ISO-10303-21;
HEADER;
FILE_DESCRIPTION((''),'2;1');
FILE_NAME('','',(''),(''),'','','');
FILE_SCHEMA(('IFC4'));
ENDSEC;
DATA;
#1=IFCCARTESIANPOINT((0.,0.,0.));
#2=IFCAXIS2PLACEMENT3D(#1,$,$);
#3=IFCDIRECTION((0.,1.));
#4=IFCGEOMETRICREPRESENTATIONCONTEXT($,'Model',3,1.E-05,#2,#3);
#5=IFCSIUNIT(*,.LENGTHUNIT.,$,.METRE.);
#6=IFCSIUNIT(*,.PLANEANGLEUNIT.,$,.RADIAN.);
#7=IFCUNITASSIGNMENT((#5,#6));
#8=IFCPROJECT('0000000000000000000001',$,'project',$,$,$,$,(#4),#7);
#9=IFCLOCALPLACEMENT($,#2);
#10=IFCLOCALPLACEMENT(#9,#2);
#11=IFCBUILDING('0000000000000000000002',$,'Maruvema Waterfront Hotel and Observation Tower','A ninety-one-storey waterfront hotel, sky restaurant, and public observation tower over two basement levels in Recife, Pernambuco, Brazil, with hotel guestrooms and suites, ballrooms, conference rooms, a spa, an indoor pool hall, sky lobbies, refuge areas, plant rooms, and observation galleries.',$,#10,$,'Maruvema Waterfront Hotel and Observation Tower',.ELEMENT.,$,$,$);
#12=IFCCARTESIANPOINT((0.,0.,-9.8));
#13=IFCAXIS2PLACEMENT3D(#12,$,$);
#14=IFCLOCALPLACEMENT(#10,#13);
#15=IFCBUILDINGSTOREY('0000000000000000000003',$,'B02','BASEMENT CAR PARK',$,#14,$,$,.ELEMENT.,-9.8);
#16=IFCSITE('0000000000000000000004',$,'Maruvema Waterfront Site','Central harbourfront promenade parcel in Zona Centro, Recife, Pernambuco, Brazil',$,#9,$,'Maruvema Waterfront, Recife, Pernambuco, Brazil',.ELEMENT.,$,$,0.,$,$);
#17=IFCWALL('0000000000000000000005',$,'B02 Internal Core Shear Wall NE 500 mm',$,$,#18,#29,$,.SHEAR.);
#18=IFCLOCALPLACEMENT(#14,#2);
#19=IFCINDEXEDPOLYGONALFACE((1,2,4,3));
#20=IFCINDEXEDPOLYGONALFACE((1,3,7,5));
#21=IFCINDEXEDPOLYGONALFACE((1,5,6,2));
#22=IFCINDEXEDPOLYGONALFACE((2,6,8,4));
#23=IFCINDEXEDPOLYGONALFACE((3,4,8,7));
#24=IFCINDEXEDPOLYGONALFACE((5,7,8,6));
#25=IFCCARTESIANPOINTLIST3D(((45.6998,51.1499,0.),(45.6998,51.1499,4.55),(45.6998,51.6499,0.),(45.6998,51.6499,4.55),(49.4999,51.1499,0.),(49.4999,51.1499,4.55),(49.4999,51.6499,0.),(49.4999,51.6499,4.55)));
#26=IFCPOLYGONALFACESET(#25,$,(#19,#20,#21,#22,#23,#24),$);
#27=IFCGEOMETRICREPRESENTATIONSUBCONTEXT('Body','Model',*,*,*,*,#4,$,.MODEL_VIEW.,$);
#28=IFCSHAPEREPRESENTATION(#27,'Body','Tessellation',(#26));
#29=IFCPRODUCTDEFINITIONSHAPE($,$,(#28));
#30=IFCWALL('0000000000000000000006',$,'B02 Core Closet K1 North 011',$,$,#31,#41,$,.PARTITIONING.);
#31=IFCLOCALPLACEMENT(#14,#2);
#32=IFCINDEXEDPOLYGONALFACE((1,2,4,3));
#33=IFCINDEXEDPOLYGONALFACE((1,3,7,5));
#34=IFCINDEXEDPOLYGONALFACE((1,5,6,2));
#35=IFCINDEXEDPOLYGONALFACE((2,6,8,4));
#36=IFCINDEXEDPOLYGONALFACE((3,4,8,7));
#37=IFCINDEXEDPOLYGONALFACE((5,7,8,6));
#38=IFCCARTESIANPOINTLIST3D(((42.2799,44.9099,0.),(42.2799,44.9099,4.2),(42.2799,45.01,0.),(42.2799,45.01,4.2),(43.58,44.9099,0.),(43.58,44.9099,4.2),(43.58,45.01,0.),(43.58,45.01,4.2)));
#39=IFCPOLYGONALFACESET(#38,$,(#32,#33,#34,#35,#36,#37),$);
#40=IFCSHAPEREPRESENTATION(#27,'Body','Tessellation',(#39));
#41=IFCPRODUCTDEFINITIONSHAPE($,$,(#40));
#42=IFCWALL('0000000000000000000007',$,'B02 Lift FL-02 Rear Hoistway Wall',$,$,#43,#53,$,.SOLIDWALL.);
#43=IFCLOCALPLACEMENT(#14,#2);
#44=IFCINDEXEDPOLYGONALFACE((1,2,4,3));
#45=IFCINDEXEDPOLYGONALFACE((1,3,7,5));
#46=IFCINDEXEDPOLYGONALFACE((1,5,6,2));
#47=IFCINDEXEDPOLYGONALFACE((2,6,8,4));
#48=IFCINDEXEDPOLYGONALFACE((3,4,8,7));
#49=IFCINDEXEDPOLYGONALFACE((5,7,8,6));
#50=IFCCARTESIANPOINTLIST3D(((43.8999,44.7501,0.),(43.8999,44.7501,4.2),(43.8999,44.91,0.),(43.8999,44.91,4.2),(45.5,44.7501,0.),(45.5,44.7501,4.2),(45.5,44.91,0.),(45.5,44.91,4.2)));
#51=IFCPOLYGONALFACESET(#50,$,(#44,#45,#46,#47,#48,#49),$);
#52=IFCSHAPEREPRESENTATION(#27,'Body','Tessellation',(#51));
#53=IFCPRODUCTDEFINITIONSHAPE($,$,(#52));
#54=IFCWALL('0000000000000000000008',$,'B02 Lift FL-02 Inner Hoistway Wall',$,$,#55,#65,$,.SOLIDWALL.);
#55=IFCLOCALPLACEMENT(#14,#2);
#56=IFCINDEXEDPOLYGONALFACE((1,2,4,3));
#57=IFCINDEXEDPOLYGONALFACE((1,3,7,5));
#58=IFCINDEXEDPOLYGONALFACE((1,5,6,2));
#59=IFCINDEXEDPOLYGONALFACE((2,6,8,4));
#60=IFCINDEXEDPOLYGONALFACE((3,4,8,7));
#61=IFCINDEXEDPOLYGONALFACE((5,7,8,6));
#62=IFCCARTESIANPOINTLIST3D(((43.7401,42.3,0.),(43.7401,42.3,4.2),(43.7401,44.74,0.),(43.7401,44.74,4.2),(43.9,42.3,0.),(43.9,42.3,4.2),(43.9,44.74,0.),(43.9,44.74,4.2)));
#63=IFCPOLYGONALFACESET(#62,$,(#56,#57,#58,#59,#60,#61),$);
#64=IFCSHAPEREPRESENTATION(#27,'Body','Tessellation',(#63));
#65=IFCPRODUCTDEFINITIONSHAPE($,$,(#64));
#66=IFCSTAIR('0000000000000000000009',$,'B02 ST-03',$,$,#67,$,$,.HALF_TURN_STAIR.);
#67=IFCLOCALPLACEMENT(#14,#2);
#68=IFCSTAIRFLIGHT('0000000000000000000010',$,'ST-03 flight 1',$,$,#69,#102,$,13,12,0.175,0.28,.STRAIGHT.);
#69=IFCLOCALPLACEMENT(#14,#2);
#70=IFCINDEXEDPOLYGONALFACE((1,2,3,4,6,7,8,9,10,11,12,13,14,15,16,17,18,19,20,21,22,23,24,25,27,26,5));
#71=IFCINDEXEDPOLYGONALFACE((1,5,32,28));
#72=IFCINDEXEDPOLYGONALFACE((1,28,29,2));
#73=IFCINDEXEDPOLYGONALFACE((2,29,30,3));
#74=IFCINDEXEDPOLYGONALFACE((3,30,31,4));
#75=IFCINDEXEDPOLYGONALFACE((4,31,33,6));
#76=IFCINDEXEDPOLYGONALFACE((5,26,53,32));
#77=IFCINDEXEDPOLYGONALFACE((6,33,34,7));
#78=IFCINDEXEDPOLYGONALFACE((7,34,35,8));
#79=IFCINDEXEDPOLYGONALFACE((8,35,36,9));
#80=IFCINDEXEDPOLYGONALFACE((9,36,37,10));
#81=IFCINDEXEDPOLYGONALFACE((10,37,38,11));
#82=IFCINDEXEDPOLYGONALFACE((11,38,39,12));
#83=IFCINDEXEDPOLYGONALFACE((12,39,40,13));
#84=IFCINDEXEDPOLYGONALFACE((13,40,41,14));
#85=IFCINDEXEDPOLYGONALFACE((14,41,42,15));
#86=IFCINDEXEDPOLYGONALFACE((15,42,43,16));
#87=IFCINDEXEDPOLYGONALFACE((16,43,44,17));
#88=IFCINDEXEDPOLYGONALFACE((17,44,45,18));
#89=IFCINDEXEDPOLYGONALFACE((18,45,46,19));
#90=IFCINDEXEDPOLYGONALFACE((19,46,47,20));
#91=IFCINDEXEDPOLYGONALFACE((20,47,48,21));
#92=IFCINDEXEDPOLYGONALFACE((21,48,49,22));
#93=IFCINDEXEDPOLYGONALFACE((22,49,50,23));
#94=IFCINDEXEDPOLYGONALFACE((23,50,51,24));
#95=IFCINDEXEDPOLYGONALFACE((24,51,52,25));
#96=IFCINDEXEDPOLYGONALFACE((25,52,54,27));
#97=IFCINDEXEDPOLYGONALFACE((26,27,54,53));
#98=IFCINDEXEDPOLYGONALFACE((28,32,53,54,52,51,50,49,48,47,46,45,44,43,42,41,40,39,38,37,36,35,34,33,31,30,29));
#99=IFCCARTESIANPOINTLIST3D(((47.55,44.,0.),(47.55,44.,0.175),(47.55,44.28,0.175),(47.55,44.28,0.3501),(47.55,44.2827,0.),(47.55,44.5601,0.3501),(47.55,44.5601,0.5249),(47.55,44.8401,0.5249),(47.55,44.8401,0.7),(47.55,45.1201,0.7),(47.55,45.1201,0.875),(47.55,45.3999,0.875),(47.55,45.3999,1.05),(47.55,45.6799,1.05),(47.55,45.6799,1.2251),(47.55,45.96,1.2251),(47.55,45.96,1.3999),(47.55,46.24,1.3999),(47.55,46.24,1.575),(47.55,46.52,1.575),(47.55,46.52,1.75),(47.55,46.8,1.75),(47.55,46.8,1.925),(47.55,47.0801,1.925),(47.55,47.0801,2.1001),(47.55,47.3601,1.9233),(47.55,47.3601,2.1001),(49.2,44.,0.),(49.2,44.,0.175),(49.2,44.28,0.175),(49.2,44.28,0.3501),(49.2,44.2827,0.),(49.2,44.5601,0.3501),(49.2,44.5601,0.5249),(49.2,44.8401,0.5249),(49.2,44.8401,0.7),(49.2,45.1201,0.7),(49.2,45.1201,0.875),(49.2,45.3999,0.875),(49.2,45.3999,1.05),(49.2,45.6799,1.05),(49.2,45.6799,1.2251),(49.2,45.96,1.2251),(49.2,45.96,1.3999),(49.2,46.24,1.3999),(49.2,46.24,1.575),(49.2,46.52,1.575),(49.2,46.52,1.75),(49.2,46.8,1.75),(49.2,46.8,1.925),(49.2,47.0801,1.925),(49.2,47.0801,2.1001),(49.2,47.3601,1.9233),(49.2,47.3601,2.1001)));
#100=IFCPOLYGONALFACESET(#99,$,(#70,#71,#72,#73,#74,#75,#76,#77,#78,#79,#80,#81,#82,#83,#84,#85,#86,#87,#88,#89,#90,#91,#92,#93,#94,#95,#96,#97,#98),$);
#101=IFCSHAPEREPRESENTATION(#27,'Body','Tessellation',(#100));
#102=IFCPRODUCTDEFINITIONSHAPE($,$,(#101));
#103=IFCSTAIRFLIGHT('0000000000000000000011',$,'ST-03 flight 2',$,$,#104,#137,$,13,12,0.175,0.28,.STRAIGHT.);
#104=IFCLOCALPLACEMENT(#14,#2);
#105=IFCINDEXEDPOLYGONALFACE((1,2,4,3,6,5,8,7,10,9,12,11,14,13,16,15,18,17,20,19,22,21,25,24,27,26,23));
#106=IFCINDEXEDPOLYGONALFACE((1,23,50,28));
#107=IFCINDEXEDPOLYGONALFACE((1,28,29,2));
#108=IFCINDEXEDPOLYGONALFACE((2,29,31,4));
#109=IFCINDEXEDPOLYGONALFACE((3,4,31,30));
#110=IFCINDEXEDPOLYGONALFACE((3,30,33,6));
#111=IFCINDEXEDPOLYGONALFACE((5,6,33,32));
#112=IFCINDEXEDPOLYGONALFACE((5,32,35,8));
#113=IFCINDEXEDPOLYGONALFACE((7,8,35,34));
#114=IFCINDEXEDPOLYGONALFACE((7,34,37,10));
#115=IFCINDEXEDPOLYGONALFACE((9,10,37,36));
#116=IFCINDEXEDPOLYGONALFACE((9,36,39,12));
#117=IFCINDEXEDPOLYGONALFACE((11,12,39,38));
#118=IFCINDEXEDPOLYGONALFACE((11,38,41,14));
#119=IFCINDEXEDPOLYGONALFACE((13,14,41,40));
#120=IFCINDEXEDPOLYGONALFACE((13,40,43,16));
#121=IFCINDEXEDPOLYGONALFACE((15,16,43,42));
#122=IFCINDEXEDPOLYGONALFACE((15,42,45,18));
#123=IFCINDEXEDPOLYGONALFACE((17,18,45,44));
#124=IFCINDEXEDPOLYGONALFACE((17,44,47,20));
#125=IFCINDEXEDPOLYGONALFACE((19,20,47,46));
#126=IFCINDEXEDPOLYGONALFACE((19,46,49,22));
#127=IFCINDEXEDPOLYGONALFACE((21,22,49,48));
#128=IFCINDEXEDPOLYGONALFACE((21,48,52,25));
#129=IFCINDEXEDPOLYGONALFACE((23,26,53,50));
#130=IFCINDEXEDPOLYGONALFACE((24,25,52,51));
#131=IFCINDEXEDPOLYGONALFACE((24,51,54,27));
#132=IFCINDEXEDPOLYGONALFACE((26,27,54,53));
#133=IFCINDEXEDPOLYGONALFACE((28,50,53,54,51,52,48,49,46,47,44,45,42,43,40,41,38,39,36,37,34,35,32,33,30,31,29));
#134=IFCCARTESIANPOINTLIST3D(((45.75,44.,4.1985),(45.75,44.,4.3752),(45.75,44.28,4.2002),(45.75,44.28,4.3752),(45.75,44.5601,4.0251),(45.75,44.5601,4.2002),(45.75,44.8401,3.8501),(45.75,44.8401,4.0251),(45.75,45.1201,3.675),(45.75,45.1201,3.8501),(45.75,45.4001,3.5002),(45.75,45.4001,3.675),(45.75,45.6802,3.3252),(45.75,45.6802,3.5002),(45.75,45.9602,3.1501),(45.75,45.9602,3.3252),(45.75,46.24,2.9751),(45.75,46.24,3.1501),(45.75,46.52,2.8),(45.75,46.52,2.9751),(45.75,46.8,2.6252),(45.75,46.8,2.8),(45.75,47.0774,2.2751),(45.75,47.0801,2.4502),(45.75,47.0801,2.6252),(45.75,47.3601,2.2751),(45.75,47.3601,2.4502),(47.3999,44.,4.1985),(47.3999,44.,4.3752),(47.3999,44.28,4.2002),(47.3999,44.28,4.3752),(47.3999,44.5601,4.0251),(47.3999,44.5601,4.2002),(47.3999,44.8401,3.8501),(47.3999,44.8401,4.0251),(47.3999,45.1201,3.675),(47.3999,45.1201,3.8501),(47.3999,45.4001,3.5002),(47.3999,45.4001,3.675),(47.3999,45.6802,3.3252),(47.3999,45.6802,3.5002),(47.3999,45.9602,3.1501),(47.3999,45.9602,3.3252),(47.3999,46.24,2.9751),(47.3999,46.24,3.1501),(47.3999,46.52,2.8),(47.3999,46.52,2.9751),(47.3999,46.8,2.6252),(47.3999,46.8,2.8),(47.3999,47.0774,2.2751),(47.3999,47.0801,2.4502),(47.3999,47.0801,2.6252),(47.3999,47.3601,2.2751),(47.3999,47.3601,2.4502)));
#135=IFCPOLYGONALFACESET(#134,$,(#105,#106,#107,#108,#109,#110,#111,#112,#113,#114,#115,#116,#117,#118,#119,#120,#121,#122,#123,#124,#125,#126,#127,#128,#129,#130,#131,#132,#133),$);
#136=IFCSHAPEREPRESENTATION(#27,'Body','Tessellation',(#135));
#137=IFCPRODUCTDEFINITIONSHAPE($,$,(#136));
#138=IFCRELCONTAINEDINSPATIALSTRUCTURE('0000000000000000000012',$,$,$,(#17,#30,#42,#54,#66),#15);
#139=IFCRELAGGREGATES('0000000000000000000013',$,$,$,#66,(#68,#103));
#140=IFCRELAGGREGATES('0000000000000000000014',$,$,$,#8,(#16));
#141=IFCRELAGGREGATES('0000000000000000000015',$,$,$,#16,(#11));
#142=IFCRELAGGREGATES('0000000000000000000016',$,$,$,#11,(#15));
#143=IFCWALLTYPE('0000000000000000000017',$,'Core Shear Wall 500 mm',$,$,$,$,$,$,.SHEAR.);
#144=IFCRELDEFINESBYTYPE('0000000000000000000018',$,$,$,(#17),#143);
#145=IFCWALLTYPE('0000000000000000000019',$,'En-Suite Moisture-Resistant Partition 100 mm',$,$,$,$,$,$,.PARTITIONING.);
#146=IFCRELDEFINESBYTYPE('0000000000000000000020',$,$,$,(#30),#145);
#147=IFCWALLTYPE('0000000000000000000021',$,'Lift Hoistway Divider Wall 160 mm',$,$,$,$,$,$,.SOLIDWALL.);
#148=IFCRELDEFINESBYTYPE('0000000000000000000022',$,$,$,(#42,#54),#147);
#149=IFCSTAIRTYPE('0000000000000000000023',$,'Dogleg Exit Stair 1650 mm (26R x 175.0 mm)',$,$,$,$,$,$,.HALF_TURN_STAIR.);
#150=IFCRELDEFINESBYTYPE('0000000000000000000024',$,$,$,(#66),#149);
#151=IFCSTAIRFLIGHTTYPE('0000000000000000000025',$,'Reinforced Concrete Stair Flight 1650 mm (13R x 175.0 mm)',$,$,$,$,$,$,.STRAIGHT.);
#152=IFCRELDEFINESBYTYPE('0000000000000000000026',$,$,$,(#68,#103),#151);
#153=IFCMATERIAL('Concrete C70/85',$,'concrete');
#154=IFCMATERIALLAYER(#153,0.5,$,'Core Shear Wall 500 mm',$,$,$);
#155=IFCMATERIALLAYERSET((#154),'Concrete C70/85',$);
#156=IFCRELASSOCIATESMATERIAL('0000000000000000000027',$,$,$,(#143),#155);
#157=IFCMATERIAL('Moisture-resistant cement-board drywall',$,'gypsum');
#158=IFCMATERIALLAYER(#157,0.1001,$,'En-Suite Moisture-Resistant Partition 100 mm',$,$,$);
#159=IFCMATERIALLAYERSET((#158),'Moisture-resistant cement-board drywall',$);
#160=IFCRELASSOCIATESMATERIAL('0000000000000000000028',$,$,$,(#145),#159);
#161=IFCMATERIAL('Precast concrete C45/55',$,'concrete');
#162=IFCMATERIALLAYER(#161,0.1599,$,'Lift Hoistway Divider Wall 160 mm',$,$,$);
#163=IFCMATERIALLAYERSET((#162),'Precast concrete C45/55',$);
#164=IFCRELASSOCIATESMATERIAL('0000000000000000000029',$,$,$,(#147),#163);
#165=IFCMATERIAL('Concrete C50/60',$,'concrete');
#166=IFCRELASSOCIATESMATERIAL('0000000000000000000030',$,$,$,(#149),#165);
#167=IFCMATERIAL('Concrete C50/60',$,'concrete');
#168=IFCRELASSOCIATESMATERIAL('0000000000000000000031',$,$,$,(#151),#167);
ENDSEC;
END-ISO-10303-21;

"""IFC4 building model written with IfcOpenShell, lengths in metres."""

from ifc_helpers import new_model, si_unit, direction, frame, frame_2d, origin, place, context, subcontext, project, spatial, polyline, rectangle, outline, extrude, material, layer, layer_set, type_object, element, aggregate, save


model = new_model("IFC4")

# Units and contexts
model_context = context("Model", 3, precision=1e-05, world=origin(), true_north=direction((0.0, 1.0)))
body_context = subcontext(model_context, "Body", "Model", "MODEL_VIEW")
ifc_project = project(units=[si_unit("LENGTHUNIT", "METRE"), si_unit("PLANEANGLEUNIT", "RADIAN")], contexts=[model_context])

# Site, building, storey
site_placement = place(None, origin())
site = spatial("IfcSite", under=ifc_project, at=site_placement, Name="Maruvema Waterfront Site", Description="Central harbourfront promenade parcel in Zona Centro, Recife, Pernambuco, Brazil", LongName="Maruvema Waterfront, Recife, Pernambuco, Brazil", CompositionType="ELEMENT", RefElevation=0.0)
building_placement = place(site_placement, origin())
building = spatial("IfcBuilding", under=site, at=building_placement, Name="Maruvema Waterfront Hotel and Observation Tower", Description="A ninety-one-storey waterfront hotel, sky restaurant, and public observation tower over two basement levels in Recife, Pernambuco, Brazil, with hotel guestrooms and suites, ballrooms, conference rooms, a spa, an indoor pool hall, sky lobbies, refuge areas, plant rooms, and observation galleries.", LongName="Maruvema Waterfront Hotel and Observation Tower", CompositionType="ELEMENT")
storey_placement = place(building_placement, frame((0.0, 0.0, -9.8)))
storey = spatial("IfcBuildingStorey", under=building, at=storey_placement, Name="B02", Description="BASEMENT CAR PARK", CompositionType="ELEMENT", Elevation=-9.8)

# Wall
ifc_material_1 = material(Name="Concrete C70/85", Category="concrete")
ifc_layer_1 = layer(ifc_material_1, 0.5, Name="Core Shear Wall 500 mm")
ifc_layer_set_1 = layer_set([ifc_layer_1], Name="Concrete C70/85")
wall_type_1 = type_object("IfcWallType", Name="Core Shear Wall 500 mm", PredefinedType="SHEAR", material=ifc_layer_set_1)
wall_1_placement = place(storey_placement, frame((45.7, 51.3999, 0.0), z_axis=(0.0, 0.0, 1.0), x_axis=(1.0, 0.0, 0.0)))
element("IfcWall", 1, at=wall_1_placement, inside=storey, type_object=wall_type_1, Name="B02 Internal Core Shear Wall NE 500 mm", PredefinedType="SHEAR", context=body_context, shape_type="SweptSolid", body=[
    extrude(rectangle(XDim=3.8, YDim=0.5, at=frame_2d((1.8999, 0.0))), origin(), (0.0, 0.0, 1.0), 4.55),
])

# Walls
ifc_material_2 = material(Name="Moisture-resistant cement-board drywall", Category="gypsum")
ifc_layer_2 = layer(ifc_material_2, 0.1001, Name="En-Suite Moisture-Resistant Partition 100 mm")
ifc_layer_set_2 = layer_set([ifc_layer_2], Name="Moisture-resistant cement-board drywall")
wall_type_2 = type_object("IfcWallType", Name="En-Suite Moisture-Resistant Partition 100 mm", PredefinedType="PARTITIONING", material=ifc_layer_set_2)
wall_2_placement = place(storey_placement, frame((42.28, 44.96, 0.0), z_axis=(0.0, 0.0, 1.0), x_axis=(1.0, 0.0, 0.0)))
element("IfcWall", 2, at=wall_2_placement, inside=storey, type_object=wall_type_2, Name="B02 Core Closet K1 North 011", PredefinedType="PARTITIONING", context=body_context, shape_type="SweptSolid", body=[
    extrude(rectangle(XDim=1.3, YDim=0.1001, at=frame_2d((0.6499, 0.0))), origin(), (0.0, 0.0, 1.0), 4.2),
])
ifc_material_3 = material(Name="Precast concrete C45/55", Category="concrete")
ifc_layer_3 = layer(ifc_material_3, 0.1599, Name="Lift Hoistway Divider Wall 160 mm")
ifc_layer_set_3 = layer_set([ifc_layer_3], Name="Precast concrete C45/55")
wall_type_3 = type_object("IfcWallType", Name="Lift Hoistway Divider Wall 160 mm", PredefinedType="SOLIDWALL", material=ifc_layer_set_3)
wall_3_placement = place(storey_placement, frame((43.8999, 44.8301, 0.0), z_axis=(0.0, 0.0, 1.0), x_axis=(1.0, 0.0, 0.0)))
element("IfcWall", 3, at=wall_3_placement, inside=storey, type_object=wall_type_3, Name="B02 Lift FL-02 Rear Hoistway Wall", PredefinedType="SOLIDWALL", context=body_context, shape_type="SweptSolid", body=[
    extrude(rectangle(XDim=1.6001, YDim=0.1599, at=frame_2d((0.8, 0.0))), origin(), (0.0, 0.0, 1.0), 4.2),
])
wall_4_placement = place(storey_placement, frame((43.8201, 42.3, 0.0), z_axis=(0.0, 0.0, 1.0), x_axis=(0.0, 1.0, 0.0)))
element("IfcWall", 4, at=wall_4_placement, inside=storey, type_object=wall_type_3, Name="B02 Lift FL-02 Inner Hoistway Wall", PredefinedType="SOLIDWALL", context=body_context, shape_type="SweptSolid", body=[
    extrude(rectangle(XDim=2.4399, YDim=0.1599, at=frame_2d((1.22, 0.0))), origin(), (0.0, 0.0, 1.0), 4.2),
])

# Stair, stair flights
ifc_material_4 = material(Name="Concrete C50/60", Category="concrete")
stair_type = type_object("IfcStairType", Name="Dogleg Exit Stair 1650 mm (26R x 175.0 mm)", PredefinedType="HALF_TURN_STAIR", material=ifc_material_4)
stair_placement = place(storey_placement, origin())
stair = element("IfcStair", 5, at=stair_placement, inside=storey, type_object=stair_type, Name="B02 ST-03", PredefinedType="HALF_TURN_STAIR")
ifc_material_5 = material(Name="Concrete C50/60", Category="concrete")
stair_flight_type = type_object("IfcStairFlightType", Name="Reinforced Concrete Stair Flight 1650 mm (13R x 175.0 mm)", PredefinedType="STRAIGHT", material=ifc_material_5)
stair_flight_1_placement = place(storey_placement, frame((48.375, 44.0, 0.0), z_axis=(0.0, 0.0, 1.0), x_axis=(0.0, 1.0, 0.0)))
stair_flight_1 = element("IfcStairFlight", 6, at=stair_flight_1_placement, type_object=stair_flight_type, Name="ST-03 flight 1", NumberOfRisers=13, NumberOfTreads=12, PredefinedType="STRAIGHT", RiserHeight=0.175, TreadLength=0.28, context=body_context, shape_type="SweptSolid", body=[
    extrude(outline(polyline([(0.0, 0.0), (0.0, 0.175), (0.28, 0.175), (0.28, 0.3501), (0.5601, 0.3501), (0.5601, 0.5249), (0.8401, 0.5249), (0.8401, 0.7), (1.1201, 0.7), (1.1201, 0.875), (1.3999, 0.875), (1.3999, 1.05), (1.6799, 1.05), (1.6799, 1.2251), (1.96, 1.2251), (1.96, 1.3999), (2.24, 1.3999), (2.24, 1.575), (2.52, 1.575), (2.52, 1.75), (2.8, 1.75), (2.8, 1.925), (3.0801, 1.925), (3.0801, 2.1001), (3.3601, 2.1001), (3.3601, 2.2749), (3.3601, 1.9233), (0.2827, 0.0), (0.0, 0.0)])), frame((0.0, 0.825, 0.0), z_axis=(0.0, -1.0, 0.0), x_axis=(1.0, 0.0, 0.0)), (0.0, 0.0, 1.0), 1.6499),
])
stair_flight_2_placement = place(storey_placement, frame((46.575, 47.3601, 2.2751), z_axis=(0.0, 0.0, 1.0), x_axis=(0.0, -1.0, 0.0)))
stair_flight_2 = element("IfcStairFlight", 7, at=stair_flight_2_placement, type_object=stair_flight_type, Name="ST-03 flight 2", NumberOfRisers=13, NumberOfTreads=12, PredefinedType="STRAIGHT", RiserHeight=0.175, TreadLength=0.28, context=body_context, shape_type="SweptSolid", body=[
    extrude(outline(polyline([(0.0, 0.0), (0.0, 0.175), (0.28, 0.175), (0.28, 0.3501), (0.5601, 0.3501), (0.5601, 0.5249), (0.8401, 0.5249), (0.8401, 0.7), (1.1201, 0.7), (1.1201, 0.875), (1.3999, 0.875), (1.3999, 1.05), (1.6799, 1.05), (1.6799, 1.2251), (1.96, 1.2251), (1.96, 1.3999), (2.24, 1.3999), (2.24, 1.575), (2.52, 1.575), (2.52, 1.75), (2.8, 1.75), (2.8, 1.925), (3.0801, 1.925), (3.0801, 2.1001), (3.3601, 2.1001), (3.3601, 2.2749), (3.3601, 1.9233), (0.2827, 0.0), (0.0, 0.0)])), frame((0.0, 0.825, 0.0), z_axis=(0.0, -1.0, 0.0), x_axis=(1.0, 0.0, 0.0)), (0.0, 0.0, 1.0), 1.6499),
])
aggregate(stair, [stair_flight_1, stair_flight_2])

save(model, "model.ifc")
